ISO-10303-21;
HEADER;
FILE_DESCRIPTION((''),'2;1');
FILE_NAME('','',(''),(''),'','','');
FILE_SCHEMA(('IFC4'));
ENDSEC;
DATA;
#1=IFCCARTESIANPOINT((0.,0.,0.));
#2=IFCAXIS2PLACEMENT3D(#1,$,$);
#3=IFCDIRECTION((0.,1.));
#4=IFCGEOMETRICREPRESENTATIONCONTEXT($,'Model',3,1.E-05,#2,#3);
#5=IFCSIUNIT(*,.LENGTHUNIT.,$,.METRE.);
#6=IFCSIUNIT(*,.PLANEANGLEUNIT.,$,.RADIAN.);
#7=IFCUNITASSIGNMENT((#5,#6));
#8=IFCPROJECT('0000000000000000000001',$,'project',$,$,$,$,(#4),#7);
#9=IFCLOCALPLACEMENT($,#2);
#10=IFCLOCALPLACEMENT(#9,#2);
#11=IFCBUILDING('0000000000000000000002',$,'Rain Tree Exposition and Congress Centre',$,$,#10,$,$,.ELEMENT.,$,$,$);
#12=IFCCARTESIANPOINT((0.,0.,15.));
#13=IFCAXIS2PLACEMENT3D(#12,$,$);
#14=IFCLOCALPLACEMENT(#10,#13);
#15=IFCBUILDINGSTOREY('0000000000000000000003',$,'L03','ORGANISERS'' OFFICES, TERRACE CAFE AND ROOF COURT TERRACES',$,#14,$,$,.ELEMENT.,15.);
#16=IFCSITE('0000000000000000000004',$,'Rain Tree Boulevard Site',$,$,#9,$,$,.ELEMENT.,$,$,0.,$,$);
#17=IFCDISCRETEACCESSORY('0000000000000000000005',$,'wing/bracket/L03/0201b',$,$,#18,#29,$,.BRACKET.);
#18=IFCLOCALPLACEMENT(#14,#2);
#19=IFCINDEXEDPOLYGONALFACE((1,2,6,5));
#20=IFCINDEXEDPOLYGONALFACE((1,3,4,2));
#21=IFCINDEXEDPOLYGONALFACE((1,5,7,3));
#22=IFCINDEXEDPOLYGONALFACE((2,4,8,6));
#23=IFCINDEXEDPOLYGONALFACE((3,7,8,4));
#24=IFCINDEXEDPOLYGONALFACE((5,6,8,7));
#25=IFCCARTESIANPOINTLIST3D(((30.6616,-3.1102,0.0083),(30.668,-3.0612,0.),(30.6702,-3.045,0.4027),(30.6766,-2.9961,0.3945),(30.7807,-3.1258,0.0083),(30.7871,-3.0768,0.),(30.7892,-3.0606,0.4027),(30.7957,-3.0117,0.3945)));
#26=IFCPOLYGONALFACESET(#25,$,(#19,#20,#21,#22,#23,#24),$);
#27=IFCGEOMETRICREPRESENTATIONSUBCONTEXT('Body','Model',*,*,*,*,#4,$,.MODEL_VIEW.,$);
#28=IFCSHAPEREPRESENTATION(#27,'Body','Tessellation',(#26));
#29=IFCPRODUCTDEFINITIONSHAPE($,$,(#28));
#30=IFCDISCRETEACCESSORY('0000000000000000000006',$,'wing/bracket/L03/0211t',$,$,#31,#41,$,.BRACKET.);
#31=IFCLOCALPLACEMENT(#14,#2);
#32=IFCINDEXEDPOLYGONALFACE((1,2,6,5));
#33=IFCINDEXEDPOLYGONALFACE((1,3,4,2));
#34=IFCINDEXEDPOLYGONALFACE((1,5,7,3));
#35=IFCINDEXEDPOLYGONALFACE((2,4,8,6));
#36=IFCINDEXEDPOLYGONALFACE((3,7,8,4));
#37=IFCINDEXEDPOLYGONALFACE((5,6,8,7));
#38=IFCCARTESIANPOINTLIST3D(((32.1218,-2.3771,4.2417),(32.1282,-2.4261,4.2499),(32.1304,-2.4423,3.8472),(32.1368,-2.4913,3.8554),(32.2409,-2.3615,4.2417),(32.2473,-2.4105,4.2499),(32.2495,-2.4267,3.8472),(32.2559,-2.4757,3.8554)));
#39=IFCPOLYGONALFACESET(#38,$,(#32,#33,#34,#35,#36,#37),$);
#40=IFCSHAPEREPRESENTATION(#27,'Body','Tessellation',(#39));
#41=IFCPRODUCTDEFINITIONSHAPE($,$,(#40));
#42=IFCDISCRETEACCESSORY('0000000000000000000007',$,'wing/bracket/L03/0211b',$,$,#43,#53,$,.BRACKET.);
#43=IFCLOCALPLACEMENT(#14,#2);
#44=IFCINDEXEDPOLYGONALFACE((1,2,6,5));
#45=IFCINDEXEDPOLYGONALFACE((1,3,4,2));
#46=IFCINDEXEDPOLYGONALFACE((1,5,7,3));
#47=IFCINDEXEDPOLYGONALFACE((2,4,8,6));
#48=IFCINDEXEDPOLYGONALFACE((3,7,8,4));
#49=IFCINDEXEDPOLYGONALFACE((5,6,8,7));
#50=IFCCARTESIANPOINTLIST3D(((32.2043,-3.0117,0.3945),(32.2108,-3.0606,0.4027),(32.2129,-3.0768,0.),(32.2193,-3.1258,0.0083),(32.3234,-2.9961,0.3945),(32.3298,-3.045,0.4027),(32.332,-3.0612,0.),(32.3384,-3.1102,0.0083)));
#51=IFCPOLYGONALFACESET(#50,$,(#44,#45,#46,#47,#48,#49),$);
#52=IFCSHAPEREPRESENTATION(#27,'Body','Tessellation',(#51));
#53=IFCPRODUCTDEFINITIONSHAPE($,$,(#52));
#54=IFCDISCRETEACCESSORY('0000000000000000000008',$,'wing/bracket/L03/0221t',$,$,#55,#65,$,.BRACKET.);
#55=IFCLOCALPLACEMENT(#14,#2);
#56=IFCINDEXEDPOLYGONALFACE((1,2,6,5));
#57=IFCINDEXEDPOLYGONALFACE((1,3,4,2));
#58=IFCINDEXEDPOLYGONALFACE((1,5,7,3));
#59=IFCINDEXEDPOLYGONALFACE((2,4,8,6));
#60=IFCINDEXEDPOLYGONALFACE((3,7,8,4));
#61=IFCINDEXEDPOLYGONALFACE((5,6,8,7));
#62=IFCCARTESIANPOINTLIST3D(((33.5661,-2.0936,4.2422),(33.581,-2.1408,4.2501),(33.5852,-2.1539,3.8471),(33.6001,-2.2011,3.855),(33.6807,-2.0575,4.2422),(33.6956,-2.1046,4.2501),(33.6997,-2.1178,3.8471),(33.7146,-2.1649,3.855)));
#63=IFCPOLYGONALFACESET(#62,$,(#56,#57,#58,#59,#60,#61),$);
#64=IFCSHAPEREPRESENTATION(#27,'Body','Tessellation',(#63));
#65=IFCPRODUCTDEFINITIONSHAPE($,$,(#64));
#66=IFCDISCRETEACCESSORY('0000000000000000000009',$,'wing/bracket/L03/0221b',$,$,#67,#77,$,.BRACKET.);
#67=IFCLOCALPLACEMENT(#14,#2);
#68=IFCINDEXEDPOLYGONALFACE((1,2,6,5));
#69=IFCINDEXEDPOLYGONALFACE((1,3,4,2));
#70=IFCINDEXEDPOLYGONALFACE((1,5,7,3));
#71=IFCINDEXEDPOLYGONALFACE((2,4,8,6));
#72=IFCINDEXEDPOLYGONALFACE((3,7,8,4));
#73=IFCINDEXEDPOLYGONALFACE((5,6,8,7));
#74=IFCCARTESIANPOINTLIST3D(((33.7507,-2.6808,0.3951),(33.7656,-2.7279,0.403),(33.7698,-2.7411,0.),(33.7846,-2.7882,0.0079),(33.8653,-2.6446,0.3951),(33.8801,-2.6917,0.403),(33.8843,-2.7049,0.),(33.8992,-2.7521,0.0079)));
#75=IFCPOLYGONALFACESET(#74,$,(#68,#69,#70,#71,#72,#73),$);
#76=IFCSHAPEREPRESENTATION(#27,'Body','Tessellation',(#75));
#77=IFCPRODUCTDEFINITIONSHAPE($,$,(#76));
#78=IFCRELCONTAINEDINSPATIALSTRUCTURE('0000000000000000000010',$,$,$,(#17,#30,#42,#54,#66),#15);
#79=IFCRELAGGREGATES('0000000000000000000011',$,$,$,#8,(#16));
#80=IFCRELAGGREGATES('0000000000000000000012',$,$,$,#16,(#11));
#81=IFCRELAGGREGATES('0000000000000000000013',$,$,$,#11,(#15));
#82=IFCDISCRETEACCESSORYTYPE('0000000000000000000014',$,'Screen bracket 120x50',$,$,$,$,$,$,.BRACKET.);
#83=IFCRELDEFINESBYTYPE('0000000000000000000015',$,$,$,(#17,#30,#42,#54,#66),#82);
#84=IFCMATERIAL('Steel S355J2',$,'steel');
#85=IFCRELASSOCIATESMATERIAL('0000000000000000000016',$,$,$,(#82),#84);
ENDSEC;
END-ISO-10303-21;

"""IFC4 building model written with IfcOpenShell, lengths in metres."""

from ifc_helpers import new_model, si_unit, direction, frame, origin, origin_2d, place, context, subcontext, project, spatial, rectangle, extrude, material, material_profile, profile_set, type_object, element, save


model = new_model("IFC4")

# Units and contexts
model_context = context("Model", 3, precision=1e-05, world=origin(), true_north=direction((0.0, 1.0)))
body_context = subcontext(model_context, "Body", "Model", "MODEL_VIEW")
ifc_project = project(units=[si_unit("LENGTHUNIT", "METRE"), si_unit("PLANEANGLEUNIT", "RADIAN")], contexts=[model_context])

# Site, building, storey
site_placement = place(None, origin())
site = spatial("IfcSite", under=ifc_project, at=site_placement, Name="Rain Tree Boulevard Site", CompositionType="ELEMENT", RefElevation=0.0)
building_placement = place(site_placement, origin())
building = spatial("IfcBuilding", under=site, at=building_placement, Name="Rain Tree Exposition and Congress Centre", CompositionType="ELEMENT")
storey_placement = place(building_placement, frame((0.0, 0.0, 15.0)))
storey = spatial("IfcBuildingStorey", under=building, at=storey_placement, Name="L03", Description="ORGANISERS' OFFICES, TERRACE CAFE AND ROOF COURT TERRACES", CompositionType="ELEMENT", Elevation=15.0)

# Discrete accessories
ifc_material_1 = material(Name="Steel S355J2", Category="steel")
ifc_material_profile_1 = material_profile(ifc_material_1, rectangle(XDim=0.1201, YDim=0.05, at=origin_2d()), Name="Flat bar 120x50")
ifc_profile_set_1 = profile_set([ifc_material_profile_1], Name="Steel S355J2")
discrete_accessory_type = type_object("IfcDiscreteAccessoryType", Name="Screen bracket 120x50", PredefinedType="BRACKET", material=ifc_profile_set_1)
for number, where, z_axis, x_axis, name in (
    (1, (30.7244, -3.0935, 0.0042), (0.021364, 0.162976, 0.986399), (-0.991517, 0.129974, 0.0), "wing/bracket/L03/0201b"),
    (2, (32.1931, -2.459, 3.8513), (-0.021364, 0.162976, 0.986399), (-0.991517, -0.129974, 0.0), "wing/bracket/L03/0211t"),
    (3, (32.2756, -3.0935, 0.0042), (-0.021364, 0.162976, 0.986399), (-0.991517, -0.129974, 0.0), "wing/bracket/L03/0211b"),
):
    element("IfcDiscreteAccessory", number, at=place(storey_placement, frame(where, z_axis=z_axis, x_axis=x_axis)), inside=storey, type_object=discrete_accessory_type, Name=name, PredefinedType="BRACKET", context=body_context, shape_type="SweptSolid", body=[
        extrude(rectangle(XDim=0.1201, YDim=0.05, at=origin_2d()), origin(), (0.0, 0.0, 1.0), 0.3999),
    ])
for number, where, z_axis, x_axis, name in (
    (4, (33.6499, -2.1594, 3.8511), (-0.047602, 0.150738, 0.987427), (-0.953583, -0.301131, 0.0), "wing/bracket/L03/0221t"),
    (5, (33.8345, -2.7466, 0.0039), (-0.047602, 0.150738, 0.987427), (-0.953583, -0.301131, 0.0), "wing/bracket/L03/0221b"),
):
    element("IfcDiscreteAccessory", number, at=place(storey_placement, frame(where, z_axis=z_axis, x_axis=x_axis)), inside=storey, type_object=discrete_accessory_type, Name=name, PredefinedType="BRACKET", context=body_context, shape_type="SweptSolid", body=[
        extrude(rectangle(XDim=0.1201, YDim=0.05, at=origin_2d()), origin(), (0.0, 0.0, 1.0), 0.4001),
    ])

save(model, "model.ifc")
